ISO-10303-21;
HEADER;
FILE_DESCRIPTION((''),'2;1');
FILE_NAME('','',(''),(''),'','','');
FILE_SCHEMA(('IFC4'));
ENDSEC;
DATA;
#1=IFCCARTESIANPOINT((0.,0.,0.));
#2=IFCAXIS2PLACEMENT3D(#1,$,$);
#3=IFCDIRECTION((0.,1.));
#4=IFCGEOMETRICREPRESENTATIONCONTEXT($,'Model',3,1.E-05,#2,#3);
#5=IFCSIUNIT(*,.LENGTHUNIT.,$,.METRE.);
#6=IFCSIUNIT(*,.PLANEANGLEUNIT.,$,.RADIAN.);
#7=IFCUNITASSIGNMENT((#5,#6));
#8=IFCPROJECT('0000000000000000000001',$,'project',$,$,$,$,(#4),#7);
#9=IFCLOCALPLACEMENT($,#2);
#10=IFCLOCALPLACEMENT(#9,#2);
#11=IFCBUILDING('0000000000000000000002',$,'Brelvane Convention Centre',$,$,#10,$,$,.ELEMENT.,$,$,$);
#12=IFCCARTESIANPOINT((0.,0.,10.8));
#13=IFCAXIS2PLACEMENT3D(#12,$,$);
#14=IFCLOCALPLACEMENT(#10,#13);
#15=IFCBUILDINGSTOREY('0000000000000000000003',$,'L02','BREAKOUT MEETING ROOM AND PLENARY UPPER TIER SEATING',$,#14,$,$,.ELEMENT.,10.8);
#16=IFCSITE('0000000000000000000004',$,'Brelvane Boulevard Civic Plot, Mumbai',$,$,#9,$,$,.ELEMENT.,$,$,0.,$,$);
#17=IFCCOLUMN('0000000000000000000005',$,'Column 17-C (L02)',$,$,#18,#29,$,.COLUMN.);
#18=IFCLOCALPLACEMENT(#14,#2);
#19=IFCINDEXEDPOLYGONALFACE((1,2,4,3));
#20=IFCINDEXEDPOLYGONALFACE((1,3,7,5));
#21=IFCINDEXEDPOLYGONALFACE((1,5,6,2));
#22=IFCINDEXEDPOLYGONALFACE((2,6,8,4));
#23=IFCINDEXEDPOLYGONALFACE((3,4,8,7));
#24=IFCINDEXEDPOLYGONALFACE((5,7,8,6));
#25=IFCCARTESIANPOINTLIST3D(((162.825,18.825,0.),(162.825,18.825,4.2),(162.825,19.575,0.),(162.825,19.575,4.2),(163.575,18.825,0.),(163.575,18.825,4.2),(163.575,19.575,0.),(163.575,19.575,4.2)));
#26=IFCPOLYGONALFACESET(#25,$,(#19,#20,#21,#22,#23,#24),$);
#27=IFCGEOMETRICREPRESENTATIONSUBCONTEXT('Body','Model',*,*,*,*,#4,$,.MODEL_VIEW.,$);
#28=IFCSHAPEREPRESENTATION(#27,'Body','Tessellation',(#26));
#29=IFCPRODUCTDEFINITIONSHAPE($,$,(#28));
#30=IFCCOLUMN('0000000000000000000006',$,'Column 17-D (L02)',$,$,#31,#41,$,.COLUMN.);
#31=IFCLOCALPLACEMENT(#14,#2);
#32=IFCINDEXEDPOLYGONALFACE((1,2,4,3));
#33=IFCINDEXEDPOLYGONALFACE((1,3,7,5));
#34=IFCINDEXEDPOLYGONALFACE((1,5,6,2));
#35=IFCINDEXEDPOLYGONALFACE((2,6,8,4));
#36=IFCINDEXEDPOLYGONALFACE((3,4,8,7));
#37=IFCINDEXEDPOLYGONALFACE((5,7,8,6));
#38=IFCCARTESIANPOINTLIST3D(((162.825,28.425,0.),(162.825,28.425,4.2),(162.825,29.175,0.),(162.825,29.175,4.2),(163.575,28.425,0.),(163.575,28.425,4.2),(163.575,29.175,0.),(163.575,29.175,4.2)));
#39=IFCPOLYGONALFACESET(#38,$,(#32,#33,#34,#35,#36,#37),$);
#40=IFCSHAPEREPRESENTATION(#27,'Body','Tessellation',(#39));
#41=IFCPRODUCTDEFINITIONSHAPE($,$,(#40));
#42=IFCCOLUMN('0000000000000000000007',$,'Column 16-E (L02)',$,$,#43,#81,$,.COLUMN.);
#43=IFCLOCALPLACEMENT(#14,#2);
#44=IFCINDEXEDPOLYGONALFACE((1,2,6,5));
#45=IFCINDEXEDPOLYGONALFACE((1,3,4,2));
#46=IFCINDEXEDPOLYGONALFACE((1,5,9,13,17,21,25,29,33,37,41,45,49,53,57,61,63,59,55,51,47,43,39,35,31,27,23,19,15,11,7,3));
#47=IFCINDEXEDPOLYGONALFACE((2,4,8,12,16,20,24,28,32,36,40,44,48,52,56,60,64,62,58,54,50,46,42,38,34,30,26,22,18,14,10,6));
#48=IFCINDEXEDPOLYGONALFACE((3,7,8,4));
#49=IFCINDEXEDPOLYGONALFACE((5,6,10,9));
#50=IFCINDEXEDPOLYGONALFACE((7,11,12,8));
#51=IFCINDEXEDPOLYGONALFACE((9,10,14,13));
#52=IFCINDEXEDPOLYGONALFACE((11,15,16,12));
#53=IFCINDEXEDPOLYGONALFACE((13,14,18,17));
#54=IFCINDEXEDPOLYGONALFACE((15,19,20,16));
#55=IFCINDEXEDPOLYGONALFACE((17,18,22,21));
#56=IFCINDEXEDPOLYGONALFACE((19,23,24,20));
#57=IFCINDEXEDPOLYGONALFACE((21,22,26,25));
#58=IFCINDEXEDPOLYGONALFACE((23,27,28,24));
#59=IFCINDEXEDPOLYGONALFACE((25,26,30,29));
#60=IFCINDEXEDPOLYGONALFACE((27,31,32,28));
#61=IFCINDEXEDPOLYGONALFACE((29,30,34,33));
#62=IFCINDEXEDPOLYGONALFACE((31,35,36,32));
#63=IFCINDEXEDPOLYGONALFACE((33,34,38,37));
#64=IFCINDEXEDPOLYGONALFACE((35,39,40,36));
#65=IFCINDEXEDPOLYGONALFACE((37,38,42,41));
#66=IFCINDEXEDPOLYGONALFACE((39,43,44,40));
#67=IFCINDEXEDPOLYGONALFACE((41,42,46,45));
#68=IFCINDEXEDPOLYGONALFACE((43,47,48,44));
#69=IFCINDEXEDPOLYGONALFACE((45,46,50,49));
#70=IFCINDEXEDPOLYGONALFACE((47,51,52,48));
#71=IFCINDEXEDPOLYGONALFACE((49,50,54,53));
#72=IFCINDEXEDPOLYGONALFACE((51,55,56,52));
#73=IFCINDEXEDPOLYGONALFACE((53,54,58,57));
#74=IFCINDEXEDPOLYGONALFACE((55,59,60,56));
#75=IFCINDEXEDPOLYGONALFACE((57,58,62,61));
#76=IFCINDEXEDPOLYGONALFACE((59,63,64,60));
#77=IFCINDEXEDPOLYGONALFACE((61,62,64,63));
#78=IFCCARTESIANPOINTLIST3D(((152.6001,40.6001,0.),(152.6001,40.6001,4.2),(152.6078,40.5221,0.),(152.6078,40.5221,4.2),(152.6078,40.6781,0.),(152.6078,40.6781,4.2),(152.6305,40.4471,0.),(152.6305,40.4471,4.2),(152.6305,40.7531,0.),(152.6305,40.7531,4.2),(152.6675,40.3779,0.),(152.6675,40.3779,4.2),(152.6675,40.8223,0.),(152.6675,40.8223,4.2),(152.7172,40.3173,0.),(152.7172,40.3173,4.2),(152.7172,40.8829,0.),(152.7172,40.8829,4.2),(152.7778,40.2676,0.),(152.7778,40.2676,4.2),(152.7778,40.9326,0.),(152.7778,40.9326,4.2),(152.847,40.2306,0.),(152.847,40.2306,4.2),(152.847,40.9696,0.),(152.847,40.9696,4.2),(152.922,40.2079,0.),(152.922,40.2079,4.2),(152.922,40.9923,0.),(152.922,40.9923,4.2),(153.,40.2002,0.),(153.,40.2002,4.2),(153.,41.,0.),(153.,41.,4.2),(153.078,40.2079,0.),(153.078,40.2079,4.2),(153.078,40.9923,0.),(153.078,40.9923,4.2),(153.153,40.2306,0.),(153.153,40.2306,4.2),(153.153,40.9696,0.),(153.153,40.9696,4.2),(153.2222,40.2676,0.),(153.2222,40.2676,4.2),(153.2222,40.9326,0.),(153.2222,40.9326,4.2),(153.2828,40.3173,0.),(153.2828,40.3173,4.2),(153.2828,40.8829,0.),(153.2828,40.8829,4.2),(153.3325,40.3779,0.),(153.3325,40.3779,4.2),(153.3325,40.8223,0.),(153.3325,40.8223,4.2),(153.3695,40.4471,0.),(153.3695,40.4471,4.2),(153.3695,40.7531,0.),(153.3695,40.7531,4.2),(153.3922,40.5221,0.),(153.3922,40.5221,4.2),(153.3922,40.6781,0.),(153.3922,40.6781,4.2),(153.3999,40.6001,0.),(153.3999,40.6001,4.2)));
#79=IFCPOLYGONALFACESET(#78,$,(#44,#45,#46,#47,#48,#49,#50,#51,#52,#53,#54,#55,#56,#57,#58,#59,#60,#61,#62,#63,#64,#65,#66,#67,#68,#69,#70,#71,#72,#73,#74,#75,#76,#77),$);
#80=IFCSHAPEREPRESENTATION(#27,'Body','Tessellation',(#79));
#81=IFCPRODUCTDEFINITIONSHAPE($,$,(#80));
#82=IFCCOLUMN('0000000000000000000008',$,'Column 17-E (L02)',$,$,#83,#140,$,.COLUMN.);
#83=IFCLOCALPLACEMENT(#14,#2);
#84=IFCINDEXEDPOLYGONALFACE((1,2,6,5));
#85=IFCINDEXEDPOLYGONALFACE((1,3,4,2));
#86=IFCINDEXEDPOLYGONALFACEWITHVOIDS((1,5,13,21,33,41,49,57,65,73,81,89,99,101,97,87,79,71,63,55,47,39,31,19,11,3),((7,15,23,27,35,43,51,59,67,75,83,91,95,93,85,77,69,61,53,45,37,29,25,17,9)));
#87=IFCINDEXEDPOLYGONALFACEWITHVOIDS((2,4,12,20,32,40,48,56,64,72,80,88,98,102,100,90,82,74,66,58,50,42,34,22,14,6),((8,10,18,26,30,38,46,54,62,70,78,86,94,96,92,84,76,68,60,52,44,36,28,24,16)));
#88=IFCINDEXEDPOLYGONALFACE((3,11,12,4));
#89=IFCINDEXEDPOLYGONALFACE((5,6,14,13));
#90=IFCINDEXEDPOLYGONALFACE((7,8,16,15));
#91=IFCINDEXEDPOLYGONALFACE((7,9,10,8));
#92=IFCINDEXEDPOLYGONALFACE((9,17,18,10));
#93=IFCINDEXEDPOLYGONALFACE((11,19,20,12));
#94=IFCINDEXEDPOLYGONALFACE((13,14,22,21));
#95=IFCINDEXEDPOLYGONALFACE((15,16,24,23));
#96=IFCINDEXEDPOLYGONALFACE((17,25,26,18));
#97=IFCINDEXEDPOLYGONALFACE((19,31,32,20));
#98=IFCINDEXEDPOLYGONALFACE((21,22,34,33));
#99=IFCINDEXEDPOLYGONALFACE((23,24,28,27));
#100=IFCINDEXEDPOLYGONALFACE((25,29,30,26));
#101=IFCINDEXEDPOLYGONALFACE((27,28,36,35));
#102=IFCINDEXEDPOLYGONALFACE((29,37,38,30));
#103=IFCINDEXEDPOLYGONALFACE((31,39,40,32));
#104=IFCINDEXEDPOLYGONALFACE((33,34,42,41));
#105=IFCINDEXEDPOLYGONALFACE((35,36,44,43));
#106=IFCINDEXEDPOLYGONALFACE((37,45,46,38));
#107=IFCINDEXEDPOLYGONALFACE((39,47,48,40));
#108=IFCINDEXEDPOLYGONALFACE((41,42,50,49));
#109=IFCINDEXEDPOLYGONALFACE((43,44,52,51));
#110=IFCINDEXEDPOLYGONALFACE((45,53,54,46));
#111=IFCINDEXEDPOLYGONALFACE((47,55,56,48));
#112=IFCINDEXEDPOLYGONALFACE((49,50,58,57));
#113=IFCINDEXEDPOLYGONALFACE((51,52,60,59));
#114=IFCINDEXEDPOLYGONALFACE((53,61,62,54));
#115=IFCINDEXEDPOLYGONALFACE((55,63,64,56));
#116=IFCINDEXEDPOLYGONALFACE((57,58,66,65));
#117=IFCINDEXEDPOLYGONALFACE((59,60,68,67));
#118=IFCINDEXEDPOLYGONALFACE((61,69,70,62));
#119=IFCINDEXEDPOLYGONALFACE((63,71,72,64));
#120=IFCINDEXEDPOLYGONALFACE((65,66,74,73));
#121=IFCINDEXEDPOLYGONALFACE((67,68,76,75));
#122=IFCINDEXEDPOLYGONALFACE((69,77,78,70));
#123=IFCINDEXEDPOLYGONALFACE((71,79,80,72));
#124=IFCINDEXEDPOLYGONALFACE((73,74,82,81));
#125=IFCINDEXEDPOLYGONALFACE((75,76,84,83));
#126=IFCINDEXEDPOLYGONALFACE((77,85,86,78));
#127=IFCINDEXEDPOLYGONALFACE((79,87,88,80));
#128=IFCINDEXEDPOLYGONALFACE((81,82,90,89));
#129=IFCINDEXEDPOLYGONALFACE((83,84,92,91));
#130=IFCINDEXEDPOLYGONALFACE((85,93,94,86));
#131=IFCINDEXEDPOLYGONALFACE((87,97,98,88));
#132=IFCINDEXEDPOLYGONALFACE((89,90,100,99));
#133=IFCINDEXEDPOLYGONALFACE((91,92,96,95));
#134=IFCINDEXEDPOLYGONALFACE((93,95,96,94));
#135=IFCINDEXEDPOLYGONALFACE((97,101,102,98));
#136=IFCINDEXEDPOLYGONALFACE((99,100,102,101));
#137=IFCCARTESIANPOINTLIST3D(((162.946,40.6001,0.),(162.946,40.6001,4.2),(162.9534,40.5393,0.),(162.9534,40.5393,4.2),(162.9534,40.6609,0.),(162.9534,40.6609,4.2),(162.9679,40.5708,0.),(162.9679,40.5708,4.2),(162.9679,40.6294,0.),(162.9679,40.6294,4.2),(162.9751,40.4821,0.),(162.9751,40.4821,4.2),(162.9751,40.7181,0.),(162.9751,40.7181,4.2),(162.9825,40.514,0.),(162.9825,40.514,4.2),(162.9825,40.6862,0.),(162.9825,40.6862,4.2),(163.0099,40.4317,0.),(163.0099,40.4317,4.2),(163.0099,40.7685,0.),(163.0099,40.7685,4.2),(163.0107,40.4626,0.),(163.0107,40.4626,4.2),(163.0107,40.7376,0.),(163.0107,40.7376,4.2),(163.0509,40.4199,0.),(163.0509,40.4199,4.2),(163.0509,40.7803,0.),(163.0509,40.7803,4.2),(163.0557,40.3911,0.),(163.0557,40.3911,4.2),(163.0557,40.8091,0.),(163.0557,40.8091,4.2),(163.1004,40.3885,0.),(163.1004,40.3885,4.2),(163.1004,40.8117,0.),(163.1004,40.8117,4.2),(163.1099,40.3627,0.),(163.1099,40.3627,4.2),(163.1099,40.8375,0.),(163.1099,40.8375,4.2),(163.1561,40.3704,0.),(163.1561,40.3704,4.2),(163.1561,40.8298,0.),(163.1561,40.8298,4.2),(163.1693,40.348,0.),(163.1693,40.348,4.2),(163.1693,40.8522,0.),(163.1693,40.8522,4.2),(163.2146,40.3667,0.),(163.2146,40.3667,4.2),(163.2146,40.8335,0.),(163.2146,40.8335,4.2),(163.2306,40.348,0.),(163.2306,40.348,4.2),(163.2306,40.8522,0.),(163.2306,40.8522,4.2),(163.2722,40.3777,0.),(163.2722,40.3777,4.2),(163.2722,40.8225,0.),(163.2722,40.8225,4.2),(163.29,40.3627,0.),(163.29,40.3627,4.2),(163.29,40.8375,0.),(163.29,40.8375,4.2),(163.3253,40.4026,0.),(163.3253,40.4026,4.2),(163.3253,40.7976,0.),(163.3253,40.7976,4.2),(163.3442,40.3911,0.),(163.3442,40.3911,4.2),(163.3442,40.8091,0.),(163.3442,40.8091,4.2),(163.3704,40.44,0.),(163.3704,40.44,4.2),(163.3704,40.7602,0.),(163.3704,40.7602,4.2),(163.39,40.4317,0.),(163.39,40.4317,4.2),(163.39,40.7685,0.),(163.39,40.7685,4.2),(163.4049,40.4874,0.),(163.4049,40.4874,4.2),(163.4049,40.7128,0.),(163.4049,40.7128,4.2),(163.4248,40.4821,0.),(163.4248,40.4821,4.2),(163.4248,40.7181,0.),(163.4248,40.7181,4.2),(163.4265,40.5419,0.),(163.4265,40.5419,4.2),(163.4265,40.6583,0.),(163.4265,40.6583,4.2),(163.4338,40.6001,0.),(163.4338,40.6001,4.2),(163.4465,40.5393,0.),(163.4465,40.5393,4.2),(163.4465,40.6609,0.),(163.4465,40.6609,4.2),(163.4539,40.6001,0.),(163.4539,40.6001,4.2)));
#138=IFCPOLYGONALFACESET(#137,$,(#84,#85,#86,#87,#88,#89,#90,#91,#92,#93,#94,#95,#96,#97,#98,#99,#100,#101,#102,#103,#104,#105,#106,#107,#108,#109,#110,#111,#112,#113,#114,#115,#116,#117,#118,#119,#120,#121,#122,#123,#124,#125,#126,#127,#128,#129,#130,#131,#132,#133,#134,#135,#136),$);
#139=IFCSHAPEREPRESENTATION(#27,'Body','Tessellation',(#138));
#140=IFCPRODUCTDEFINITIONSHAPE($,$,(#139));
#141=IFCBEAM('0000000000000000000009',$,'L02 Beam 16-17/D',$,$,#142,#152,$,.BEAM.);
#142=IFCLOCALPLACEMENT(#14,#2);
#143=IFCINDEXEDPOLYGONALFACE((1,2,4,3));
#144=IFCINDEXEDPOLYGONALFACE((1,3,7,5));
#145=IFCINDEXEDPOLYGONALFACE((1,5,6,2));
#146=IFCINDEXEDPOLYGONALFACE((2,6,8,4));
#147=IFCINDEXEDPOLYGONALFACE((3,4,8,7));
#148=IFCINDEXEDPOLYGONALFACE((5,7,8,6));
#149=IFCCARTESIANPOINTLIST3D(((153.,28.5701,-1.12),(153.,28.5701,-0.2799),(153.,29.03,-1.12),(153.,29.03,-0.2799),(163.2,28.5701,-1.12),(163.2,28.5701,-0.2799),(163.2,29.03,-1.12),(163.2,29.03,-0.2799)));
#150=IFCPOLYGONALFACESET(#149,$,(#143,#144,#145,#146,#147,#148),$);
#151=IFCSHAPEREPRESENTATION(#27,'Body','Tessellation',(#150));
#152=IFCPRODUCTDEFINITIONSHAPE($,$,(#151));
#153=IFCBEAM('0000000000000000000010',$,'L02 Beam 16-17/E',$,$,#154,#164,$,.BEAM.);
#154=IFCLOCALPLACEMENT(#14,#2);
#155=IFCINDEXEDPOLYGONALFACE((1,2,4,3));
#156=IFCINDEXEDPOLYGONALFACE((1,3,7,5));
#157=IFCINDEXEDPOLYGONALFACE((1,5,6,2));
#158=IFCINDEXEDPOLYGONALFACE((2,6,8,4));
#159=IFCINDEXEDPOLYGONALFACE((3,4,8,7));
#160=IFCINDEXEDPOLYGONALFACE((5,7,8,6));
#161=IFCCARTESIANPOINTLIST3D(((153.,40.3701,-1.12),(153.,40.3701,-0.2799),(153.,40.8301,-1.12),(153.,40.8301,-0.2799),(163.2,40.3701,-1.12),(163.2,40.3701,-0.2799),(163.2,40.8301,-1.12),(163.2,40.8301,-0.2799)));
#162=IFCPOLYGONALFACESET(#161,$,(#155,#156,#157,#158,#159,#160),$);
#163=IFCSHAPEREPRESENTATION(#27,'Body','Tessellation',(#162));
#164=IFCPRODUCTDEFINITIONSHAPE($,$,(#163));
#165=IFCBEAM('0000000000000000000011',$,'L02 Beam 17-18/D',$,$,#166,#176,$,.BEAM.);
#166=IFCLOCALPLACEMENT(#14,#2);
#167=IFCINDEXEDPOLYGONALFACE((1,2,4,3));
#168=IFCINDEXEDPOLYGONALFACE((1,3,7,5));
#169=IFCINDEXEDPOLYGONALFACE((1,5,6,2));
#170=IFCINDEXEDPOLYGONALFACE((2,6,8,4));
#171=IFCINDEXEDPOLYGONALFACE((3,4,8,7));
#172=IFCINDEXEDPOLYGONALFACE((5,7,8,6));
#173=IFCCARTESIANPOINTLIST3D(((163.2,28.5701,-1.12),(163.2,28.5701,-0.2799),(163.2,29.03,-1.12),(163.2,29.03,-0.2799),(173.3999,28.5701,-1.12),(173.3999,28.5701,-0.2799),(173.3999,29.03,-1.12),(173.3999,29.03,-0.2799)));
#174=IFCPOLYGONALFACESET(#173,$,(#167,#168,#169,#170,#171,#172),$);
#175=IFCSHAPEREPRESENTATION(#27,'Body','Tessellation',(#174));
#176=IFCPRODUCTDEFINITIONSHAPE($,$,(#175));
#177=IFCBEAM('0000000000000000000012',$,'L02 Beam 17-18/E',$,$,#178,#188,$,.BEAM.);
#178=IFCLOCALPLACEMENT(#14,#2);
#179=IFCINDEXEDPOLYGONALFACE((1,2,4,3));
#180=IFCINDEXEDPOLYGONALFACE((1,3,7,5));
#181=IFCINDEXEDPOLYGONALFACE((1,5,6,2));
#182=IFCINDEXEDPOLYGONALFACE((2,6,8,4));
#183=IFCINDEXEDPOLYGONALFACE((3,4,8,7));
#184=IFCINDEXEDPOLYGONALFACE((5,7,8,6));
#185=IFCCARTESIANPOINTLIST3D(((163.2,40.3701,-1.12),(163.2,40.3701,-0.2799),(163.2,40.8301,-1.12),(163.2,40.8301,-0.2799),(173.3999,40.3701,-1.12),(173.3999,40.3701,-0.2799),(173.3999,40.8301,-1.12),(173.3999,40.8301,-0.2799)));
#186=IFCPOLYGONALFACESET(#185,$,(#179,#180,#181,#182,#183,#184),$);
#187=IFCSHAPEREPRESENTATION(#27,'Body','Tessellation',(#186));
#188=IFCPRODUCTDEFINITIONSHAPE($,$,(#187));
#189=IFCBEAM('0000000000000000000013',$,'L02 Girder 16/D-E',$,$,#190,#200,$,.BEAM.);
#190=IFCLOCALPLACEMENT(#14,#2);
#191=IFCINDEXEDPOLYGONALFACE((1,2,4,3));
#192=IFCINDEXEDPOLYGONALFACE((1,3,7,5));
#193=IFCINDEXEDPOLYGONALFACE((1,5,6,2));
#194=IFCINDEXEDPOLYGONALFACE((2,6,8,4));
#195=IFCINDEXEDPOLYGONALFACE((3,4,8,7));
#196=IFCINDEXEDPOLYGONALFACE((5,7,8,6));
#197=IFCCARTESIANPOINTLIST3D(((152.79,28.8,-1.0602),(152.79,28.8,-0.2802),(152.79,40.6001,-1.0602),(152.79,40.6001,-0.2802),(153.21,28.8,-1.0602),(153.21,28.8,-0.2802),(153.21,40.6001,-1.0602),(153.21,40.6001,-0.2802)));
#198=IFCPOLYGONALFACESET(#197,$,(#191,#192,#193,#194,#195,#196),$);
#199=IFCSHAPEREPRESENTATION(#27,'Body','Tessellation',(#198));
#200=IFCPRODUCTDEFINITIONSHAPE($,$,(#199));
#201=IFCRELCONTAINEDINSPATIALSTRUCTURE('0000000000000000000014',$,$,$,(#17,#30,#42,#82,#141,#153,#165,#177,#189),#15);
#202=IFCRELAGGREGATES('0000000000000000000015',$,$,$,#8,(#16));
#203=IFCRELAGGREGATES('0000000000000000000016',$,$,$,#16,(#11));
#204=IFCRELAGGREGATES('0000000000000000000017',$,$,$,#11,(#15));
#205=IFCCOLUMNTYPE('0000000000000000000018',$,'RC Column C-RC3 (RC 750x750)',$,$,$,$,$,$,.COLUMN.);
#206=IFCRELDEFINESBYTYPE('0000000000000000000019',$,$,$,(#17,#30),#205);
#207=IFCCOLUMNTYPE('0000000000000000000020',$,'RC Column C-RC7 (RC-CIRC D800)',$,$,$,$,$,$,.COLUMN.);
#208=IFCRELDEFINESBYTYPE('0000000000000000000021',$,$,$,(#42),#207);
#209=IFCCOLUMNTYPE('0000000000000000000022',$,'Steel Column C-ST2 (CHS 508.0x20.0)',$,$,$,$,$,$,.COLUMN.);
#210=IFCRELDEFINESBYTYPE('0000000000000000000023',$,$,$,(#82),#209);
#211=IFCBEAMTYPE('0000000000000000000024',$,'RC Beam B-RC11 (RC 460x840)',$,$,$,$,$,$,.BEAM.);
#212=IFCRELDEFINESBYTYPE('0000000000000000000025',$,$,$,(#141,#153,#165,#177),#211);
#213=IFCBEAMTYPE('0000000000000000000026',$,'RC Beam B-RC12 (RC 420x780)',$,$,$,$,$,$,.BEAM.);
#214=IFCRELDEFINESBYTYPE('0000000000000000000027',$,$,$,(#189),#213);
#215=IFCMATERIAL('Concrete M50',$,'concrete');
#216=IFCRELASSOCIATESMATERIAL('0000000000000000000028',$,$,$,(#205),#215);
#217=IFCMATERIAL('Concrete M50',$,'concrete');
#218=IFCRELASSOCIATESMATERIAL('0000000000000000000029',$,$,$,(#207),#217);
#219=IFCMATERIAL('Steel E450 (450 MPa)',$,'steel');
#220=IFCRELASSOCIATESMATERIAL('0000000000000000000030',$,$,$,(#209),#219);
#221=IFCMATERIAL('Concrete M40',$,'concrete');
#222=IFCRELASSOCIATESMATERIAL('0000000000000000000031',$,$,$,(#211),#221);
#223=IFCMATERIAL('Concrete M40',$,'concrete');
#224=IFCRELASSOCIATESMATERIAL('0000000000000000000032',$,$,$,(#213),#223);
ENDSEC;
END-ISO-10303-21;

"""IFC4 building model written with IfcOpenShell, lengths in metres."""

from ifc_helpers import new_model, si_unit, direction, frame, origin, origin_2d, place, context, subcontext, project, spatial, rectangle, circle, hollow_circle, extrude, material, material_profile, profile_set, type_object, element, save


model = new_model("IFC4")

# Units and contexts
model_context = context("Model", 3, precision=1e-05, world=origin(), true_north=direction((0.0, 1.0)))
body_context = subcontext(model_context, "Body", "Model", "MODEL_VIEW")
ifc_project = project(units=[si_unit("LENGTHUNIT", "METRE"), si_unit("PLANEANGLEUNIT", "RADIAN")], contexts=[model_context])

# Site, building, storey
site_placement = place(None, origin())
site = spatial("IfcSite", under=ifc_project, at=site_placement, Name="Brelvane Boulevard Civic Plot, Mumbai", CompositionType="ELEMENT", RefElevation=0.0)
building_placement = place(site_placement, origin())
building = spatial("IfcBuilding", under=site, at=building_placement, Name="Brelvane Convention Centre", CompositionType="ELEMENT")
storey_placement = place(building_placement, frame((0.0, 0.0, 10.8)))
storey = spatial("IfcBuildingStorey", under=building, at=storey_placement, Name="L02", Description="BREAKOUT MEETING ROOM AND PLENARY UPPER TIER SEATING", CompositionType="ELEMENT", Elevation=10.8)

# Columns
ifc_material_1 = material(Name="Concrete M50", Category="concrete")
ifc_material_profile_1 = material_profile(ifc_material_1, rectangle(XDim=0.75, YDim=0.75, at=origin_2d()), Name="RC 750x750")
ifc_profile_set_1 = profile_set([ifc_material_profile_1], Name="Concrete M50")
column_type_1 = type_object("IfcColumnType", Name="RC Column C-RC3 (RC 750x750)", PredefinedType="COLUMN", material=ifc_profile_set_1)
for number, where, z_axis, x_axis, name in (
    (1, (163.2, 19.2, 0.0), (0.0, 0.0, 1.0), (1.0, 0.0, 0.0), "Column 17-C (L02)"),
    (2, (163.2, 28.8, 0.0), (0.0, 0.0, 1.0), (1.0, 0.0, 0.0), "Column 17-D (L02)"),
):
    element("IfcColumn", number, at=place(storey_placement, frame(where, z_axis=z_axis, x_axis=x_axis)), inside=storey, type_object=column_type_1, Name=name, PredefinedType="COLUMN", context=body_context, shape_type="SweptSolid", body=[
        extrude(rectangle(XDim=0.75, YDim=0.75, at=origin_2d()), origin(), (0.0, 0.0, 1.0), 4.2),
    ])
ifc_material_2 = material(Name="Concrete M50", Category="concrete")
ifc_material_profile_2 = material_profile(ifc_material_2, circle(Radius=0.3999, at=origin_2d()), Name="RC-CIRC D800")
ifc_profile_set_2 = profile_set([ifc_material_profile_2], Name="Concrete M50")
column_type_2 = type_object("IfcColumnType", Name="RC Column C-RC7 (RC-CIRC D800)", PredefinedType="COLUMN", material=ifc_profile_set_2)
column_1_placement = place(storey_placement, frame((153.0, 40.6001, 0.0), z_axis=(0.0, 0.0, 1.0), x_axis=(1.0, 0.0, 0.0)))
element("IfcColumn", 3, at=column_1_placement, inside=storey, type_object=column_type_2, Name="Column 16-E (L02)", PredefinedType="COLUMN", context=body_context, shape_type="SweptSolid", body=[
    extrude(circle(Radius=0.3999, at=origin_2d()), origin(), (0.0, 0.0, 1.0), 4.2),
])
ifc_material_3 = material(Name="Steel E450 (450 MPa)", Category="steel")
ifc_material_profile_3 = material_profile(ifc_material_3, hollow_circle(Radius=0.2539, WallThickness=0.02, at=origin_2d()), Name="CHS 508.0x20.0")
ifc_profile_set_3 = profile_set([ifc_material_profile_3], Name="Steel E450 (450 MPa)")
column_type_3 = type_object("IfcColumnType", Name="Steel Column C-ST2 (CHS 508.0x20.0)", PredefinedType="COLUMN", material=ifc_profile_set_3)
column_2_placement = place(storey_placement, frame((163.2, 40.6001, 0.0), z_axis=(0.0, 0.0, 1.0), x_axis=(1.0, 0.0, 0.0)))
element("IfcColumn", 4, at=column_2_placement, inside=storey, type_object=column_type_3, Name="Column 17-E (L02)", PredefinedType="COLUMN", context=body_context, shape_type="SweptSolid", body=[
    extrude(hollow_circle(Radius=0.2539, WallThickness=0.02, at=origin_2d()), origin(), (0.0, 0.0, 1.0), 4.2),
])

# Beams
ifc_material_4 = material(Name="Concrete M40", Category="concrete")
ifc_material_profile_4 = material_profile(ifc_material_4, rectangle(XDim=0.46, YDim=0.8401, at=origin_2d()), Name="RC 460x840")
ifc_profile_set_4 = profile_set([ifc_material_profile_4], Name="Concrete M40")
beam_type_1 = type_object("IfcBeamType", Name="RC Beam B-RC11 (RC 460x840)", PredefinedType="BEAM", material=ifc_profile_set_4)
for number, where, z_axis, x_axis, name in (
    (5, (153.0, 28.8, -0.7), (1.0, 0.0, 0.0), (0.0, 1.0, 0.0), "L02 Beam 16-17/D"),
    (6, (153.0, 40.6001, -0.7), (1.0, 0.0, 0.0), (0.0, 1.0, 0.0), "L02 Beam 16-17/E"),
    (7, (163.2, 28.8, -0.7), (1.0, 0.0, 0.0), (0.0, 1.0, 0.0), "L02 Beam 17-18/D"),
    (8, (163.2, 40.6001, -0.7), (1.0, 0.0, 0.0), (0.0, 1.0, 0.0), "L02 Beam 17-18/E"),
):
    element("IfcBeam", number, at=place(storey_placement, frame(where, z_axis=z_axis, x_axis=x_axis)), inside=storey, type_object=beam_type_1, Name=name, PredefinedType="BEAM", context=body_context, shape_type="SweptSolid", body=[
        extrude(rectangle(XDim=0.46, YDim=0.8401, at=origin_2d()), origin(), (0.0, 0.0, 1.0), 10.2),
    ])
ifc_material_5 = material(Name="Concrete M40", Category="concrete")
ifc_material_profile_5 = material_profile(ifc_material_5, rectangle(XDim=0.4199, YDim=0.78, at=origin_2d()), Name="RC 420x780")
ifc_profile_set_5 = profile_set([ifc_material_profile_5], Name="Concrete M40")
beam_type_2 = type_object("IfcBeamType", Name="RC Beam B-RC12 (RC 420x780)", PredefinedType="BEAM", material=ifc_profile_set_5)
beam_1_placement = place(storey_placement, frame((153.0, 28.8, -0.6702), z_axis=(0.0, 1.0, 0.0), x_axis=(-1.0, 0.0, 0.0)))
element("IfcBeam", 9, at=beam_1_placement, inside=storey, type_object=beam_type_2, Name="L02 Girder 16/D-E", PredefinedType="BEAM", context=body_context, shape_type="SweptSolid", body=[
    extrude(rectangle(XDim=0.4199, YDim=0.78, at=origin_2d()), origin(), (0.0, 0.0, 1.0), 11.8),
])

save(model, "model.ifc")
